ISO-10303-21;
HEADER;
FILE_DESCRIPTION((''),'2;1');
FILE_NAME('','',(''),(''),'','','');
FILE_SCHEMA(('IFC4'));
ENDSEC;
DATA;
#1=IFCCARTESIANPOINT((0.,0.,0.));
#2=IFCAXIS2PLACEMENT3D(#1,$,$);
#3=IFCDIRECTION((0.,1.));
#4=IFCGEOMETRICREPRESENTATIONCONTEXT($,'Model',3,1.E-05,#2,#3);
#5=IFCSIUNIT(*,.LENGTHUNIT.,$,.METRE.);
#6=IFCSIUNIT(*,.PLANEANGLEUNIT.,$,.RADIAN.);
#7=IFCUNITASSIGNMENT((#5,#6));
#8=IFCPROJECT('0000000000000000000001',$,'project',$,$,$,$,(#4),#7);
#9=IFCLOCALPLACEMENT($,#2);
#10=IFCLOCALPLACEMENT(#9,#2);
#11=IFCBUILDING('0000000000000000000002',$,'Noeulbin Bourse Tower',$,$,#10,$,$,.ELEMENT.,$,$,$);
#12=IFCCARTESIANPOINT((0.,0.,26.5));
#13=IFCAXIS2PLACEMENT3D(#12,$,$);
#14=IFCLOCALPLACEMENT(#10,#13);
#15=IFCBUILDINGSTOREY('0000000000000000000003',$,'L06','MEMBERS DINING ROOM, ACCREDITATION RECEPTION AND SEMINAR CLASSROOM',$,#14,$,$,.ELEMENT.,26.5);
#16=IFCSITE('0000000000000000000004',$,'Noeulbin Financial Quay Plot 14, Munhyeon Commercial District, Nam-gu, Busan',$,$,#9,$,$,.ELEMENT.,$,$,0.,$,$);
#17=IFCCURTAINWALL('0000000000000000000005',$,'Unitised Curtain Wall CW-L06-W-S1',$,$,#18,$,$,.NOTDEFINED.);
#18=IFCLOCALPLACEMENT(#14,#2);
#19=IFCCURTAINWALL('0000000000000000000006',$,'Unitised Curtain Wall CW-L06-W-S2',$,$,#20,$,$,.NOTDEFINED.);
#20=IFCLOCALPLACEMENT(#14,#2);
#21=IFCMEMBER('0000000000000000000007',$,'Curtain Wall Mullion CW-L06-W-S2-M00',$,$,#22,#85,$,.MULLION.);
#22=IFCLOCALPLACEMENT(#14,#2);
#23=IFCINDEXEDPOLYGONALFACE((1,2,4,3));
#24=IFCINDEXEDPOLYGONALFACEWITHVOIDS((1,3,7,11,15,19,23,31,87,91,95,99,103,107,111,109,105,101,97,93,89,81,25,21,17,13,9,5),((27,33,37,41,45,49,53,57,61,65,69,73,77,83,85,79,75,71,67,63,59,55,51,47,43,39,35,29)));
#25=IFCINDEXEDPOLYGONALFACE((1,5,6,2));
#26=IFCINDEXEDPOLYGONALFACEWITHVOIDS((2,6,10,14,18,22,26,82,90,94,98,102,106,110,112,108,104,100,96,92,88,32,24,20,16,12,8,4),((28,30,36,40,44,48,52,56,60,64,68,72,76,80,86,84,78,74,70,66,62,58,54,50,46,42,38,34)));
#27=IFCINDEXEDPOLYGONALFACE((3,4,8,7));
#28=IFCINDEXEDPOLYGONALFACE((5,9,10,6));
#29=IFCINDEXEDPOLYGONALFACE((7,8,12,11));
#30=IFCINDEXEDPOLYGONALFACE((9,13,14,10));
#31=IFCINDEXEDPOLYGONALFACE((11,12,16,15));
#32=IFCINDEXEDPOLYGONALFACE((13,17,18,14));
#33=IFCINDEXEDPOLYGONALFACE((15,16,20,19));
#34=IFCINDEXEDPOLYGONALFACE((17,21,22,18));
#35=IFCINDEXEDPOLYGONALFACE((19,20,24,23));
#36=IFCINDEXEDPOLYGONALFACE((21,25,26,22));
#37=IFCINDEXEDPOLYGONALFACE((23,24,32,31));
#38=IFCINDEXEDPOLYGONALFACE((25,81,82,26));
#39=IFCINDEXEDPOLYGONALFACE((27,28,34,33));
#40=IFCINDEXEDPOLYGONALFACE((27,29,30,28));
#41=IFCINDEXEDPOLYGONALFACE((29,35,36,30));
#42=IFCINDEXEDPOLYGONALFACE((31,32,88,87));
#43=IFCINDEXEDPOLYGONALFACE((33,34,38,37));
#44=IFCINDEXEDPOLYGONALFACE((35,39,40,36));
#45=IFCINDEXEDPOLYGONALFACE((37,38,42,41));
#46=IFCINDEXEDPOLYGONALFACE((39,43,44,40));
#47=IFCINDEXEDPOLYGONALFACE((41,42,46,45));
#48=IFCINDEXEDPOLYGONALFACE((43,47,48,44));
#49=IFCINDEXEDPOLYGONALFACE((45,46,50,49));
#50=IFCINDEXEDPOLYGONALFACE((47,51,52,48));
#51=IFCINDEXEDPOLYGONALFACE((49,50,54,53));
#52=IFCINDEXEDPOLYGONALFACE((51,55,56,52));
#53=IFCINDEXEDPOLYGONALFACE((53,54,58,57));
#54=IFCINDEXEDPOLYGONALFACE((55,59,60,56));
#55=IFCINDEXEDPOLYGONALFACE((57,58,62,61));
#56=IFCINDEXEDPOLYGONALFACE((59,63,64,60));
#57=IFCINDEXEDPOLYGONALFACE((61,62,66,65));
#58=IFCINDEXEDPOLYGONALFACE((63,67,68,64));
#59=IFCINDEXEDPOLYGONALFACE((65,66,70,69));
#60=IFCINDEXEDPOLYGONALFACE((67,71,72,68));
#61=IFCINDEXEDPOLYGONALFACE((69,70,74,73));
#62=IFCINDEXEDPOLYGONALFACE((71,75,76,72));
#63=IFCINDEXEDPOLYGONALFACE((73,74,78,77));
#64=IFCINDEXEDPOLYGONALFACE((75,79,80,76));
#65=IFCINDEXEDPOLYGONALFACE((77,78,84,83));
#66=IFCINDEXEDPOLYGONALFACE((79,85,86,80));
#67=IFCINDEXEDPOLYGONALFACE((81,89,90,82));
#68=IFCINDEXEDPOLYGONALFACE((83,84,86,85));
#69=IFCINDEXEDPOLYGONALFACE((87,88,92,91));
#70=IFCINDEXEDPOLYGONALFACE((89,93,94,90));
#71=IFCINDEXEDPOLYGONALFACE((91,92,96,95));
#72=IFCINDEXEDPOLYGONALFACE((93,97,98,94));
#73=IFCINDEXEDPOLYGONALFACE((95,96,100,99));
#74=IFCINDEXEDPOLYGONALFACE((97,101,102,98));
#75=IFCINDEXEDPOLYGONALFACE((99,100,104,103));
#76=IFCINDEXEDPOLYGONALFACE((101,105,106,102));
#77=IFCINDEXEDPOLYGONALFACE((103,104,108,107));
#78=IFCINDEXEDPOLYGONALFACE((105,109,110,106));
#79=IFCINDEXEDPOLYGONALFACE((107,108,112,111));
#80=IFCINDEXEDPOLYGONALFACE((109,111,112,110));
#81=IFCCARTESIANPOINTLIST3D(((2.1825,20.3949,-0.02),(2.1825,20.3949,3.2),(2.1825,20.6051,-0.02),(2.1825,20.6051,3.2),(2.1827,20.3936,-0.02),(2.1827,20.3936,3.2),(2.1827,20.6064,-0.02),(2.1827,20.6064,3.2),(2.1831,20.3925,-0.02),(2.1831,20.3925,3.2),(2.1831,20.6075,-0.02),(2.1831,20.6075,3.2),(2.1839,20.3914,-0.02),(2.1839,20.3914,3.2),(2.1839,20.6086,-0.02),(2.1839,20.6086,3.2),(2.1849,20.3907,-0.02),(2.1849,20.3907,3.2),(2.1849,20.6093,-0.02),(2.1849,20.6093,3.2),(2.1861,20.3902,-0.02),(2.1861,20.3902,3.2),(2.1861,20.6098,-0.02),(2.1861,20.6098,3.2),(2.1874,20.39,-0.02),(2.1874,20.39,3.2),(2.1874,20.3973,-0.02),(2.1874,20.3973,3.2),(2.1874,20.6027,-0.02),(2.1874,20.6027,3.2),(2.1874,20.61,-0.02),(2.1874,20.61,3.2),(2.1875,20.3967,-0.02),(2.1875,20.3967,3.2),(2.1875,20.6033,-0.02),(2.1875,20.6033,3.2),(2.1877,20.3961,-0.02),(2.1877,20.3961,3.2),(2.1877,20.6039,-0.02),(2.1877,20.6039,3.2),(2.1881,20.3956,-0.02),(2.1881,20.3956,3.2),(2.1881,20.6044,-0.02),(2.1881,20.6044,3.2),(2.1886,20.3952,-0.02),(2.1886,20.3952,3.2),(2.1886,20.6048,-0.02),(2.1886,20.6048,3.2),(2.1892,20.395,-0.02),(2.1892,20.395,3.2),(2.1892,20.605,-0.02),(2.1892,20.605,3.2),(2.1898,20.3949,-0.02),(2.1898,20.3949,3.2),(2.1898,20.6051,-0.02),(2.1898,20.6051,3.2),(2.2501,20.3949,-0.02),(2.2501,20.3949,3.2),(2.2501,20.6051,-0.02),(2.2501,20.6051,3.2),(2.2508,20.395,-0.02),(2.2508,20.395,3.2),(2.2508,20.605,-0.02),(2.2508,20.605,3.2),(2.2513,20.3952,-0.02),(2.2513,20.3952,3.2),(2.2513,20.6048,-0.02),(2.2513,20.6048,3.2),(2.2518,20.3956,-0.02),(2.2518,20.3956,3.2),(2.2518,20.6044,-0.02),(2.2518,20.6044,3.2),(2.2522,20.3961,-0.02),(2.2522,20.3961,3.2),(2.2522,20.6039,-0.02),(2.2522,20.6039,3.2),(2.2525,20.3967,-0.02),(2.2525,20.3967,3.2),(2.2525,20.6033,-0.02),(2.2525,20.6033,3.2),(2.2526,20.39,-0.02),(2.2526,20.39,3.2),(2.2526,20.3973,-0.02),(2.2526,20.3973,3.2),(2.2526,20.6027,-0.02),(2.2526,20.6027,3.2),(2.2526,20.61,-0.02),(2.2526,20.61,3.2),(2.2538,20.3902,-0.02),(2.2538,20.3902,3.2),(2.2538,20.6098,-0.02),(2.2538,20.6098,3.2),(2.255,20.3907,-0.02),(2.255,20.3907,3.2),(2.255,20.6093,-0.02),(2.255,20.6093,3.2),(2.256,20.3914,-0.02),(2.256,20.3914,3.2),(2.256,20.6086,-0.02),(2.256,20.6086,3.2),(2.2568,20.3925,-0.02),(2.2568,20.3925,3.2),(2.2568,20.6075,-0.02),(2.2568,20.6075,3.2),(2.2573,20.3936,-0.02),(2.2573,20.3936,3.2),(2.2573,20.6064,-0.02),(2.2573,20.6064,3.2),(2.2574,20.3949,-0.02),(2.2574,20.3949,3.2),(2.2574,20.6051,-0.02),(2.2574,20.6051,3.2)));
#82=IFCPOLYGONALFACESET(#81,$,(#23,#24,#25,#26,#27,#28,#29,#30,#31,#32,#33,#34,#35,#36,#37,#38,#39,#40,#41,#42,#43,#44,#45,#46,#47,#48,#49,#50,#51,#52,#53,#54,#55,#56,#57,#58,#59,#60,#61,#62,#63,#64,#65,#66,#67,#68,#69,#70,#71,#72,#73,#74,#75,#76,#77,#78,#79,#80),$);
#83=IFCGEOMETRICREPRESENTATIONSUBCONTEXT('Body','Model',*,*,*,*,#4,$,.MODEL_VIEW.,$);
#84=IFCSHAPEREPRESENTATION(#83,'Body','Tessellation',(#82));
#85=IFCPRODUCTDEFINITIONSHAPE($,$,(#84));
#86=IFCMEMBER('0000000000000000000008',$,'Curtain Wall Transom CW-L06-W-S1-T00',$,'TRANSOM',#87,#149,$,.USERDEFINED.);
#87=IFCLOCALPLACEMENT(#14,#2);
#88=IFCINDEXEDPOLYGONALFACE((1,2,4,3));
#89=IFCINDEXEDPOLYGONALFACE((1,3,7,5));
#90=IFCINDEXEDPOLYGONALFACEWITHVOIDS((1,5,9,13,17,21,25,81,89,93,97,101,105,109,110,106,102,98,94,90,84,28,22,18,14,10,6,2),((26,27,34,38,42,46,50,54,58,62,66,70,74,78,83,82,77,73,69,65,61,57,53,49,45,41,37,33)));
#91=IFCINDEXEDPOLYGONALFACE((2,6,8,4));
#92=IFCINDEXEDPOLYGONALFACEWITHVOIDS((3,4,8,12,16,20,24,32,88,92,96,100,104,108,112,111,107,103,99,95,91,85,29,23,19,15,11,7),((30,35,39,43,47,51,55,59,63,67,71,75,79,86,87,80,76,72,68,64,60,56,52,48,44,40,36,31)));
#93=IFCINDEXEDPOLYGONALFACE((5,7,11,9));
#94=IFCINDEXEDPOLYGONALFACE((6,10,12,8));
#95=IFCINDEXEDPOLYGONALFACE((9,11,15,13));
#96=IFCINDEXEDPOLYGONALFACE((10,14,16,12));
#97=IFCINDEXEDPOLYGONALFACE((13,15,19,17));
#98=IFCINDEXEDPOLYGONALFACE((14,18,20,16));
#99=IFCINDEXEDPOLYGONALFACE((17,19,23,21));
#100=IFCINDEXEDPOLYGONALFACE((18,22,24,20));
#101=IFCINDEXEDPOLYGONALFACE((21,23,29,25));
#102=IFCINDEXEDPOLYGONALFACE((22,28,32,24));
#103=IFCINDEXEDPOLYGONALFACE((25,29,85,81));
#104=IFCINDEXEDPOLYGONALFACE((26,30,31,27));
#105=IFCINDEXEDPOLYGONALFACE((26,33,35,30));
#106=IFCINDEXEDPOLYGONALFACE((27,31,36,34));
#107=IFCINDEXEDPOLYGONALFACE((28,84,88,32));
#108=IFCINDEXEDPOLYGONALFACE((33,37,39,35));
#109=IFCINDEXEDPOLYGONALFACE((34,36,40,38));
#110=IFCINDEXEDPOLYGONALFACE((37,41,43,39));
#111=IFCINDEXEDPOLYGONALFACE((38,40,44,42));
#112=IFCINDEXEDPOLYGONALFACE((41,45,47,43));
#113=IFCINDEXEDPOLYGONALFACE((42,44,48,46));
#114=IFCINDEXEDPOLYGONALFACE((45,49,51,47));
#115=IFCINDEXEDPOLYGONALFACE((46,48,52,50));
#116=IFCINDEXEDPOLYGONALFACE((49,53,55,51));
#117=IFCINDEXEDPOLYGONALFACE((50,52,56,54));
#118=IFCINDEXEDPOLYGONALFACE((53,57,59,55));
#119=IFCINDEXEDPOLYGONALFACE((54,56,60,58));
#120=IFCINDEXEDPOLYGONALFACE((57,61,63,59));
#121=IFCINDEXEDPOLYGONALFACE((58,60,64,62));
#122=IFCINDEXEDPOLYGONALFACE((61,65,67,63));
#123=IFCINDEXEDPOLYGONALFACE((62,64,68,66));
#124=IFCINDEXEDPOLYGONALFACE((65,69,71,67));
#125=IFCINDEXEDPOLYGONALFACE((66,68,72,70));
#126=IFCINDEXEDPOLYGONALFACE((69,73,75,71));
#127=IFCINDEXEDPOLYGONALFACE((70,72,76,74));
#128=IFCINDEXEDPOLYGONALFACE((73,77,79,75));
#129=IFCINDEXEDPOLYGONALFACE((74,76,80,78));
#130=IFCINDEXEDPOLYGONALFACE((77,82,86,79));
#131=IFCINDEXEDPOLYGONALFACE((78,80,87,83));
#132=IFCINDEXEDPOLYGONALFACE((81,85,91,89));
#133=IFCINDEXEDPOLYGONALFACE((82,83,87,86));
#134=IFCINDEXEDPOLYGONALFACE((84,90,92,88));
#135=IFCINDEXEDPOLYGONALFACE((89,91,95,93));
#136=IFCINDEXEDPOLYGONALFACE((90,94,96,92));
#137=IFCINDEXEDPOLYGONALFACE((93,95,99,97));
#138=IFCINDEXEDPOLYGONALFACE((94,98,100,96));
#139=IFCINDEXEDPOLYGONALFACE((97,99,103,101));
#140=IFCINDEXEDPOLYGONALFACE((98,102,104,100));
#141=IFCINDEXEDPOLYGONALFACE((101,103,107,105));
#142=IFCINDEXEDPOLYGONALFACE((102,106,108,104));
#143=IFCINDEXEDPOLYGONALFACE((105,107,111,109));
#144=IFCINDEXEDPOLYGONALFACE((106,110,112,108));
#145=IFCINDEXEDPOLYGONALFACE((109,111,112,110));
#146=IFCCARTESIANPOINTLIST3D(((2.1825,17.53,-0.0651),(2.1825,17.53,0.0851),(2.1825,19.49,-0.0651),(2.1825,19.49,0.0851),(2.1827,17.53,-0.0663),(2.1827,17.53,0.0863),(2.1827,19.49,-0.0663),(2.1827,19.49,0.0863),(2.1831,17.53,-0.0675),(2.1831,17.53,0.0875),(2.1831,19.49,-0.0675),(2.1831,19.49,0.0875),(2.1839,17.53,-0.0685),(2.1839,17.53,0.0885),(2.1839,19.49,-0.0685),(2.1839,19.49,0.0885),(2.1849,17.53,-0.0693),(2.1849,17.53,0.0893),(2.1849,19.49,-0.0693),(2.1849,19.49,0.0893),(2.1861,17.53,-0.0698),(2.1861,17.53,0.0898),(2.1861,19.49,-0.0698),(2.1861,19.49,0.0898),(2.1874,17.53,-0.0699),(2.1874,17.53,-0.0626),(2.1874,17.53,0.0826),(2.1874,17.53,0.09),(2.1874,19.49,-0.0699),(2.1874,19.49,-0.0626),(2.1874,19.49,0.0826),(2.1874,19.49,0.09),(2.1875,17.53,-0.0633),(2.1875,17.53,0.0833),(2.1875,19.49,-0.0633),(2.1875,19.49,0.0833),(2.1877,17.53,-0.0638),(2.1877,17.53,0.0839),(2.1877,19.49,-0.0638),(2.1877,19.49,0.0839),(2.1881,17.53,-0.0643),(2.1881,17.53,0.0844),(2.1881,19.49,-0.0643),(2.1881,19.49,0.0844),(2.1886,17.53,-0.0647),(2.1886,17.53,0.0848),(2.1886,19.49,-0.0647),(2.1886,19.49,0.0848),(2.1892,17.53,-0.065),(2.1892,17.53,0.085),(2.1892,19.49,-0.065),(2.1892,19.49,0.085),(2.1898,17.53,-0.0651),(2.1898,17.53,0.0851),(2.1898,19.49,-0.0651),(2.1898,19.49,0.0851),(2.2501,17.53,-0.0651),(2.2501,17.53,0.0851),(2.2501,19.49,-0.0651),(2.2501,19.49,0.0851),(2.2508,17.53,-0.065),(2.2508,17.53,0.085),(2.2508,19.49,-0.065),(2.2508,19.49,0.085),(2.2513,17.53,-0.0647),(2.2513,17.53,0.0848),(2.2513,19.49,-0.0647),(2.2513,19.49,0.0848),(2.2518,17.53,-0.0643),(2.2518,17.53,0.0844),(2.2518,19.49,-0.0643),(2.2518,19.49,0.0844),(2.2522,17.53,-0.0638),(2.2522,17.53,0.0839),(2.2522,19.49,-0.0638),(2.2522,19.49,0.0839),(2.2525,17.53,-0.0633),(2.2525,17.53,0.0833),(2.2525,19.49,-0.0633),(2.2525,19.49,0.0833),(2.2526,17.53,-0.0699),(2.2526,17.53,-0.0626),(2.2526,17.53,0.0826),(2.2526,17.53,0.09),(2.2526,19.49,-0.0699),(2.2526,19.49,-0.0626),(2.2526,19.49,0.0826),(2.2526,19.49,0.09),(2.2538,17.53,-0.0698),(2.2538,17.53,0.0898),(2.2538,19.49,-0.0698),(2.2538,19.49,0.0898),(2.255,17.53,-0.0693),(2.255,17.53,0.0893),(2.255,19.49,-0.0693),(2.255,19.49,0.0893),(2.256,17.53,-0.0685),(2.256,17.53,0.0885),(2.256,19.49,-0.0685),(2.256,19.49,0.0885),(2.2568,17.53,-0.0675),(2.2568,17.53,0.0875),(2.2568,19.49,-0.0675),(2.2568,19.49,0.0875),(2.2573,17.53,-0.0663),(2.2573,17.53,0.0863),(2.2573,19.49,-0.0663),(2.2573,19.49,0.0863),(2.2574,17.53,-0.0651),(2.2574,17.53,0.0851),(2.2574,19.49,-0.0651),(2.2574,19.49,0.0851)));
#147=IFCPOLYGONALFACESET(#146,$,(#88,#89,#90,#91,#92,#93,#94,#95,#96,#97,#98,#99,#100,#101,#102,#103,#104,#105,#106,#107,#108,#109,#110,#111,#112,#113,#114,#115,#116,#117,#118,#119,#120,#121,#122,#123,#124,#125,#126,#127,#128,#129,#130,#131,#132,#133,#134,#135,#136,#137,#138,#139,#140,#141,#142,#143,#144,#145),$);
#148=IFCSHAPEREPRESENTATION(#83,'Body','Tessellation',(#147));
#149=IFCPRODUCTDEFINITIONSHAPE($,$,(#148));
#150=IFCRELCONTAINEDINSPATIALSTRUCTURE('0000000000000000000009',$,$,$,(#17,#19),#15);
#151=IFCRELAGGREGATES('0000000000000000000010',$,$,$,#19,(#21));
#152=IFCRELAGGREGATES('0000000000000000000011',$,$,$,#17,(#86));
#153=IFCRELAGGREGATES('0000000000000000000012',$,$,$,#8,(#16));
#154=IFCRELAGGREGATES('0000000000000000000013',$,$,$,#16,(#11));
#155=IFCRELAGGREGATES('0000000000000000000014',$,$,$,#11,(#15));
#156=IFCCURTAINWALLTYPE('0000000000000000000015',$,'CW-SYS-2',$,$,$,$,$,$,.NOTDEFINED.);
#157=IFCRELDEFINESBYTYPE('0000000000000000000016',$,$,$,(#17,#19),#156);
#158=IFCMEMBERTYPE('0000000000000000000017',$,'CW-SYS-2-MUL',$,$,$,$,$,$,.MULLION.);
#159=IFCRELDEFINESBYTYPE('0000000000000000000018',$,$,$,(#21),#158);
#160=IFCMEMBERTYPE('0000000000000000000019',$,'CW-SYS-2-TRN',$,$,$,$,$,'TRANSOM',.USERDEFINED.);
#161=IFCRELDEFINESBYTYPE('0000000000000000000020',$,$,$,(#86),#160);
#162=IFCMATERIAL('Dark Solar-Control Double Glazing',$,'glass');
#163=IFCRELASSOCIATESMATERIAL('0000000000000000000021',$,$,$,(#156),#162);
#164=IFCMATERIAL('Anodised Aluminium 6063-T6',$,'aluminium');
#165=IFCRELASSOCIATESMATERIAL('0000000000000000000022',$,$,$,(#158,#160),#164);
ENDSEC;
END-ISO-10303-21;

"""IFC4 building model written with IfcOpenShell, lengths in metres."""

from ifc_helpers import new_model, si_unit, direction, frame, origin, origin_2d, place, context, subcontext, project, spatial, hollow_rectangle, extrude, material, material_profile, profile_set, type_object, element, aggregate, save


model = new_model("IFC4")

# Units and contexts
model_context = context("Model", 3, precision=1e-05, world=origin(), true_north=direction((0.0, 1.0)))
body_context = subcontext(model_context, "Body", "Model", "MODEL_VIEW")
ifc_project = project(units=[si_unit("LENGTHUNIT", "METRE"), si_unit("PLANEANGLEUNIT", "RADIAN")], contexts=[model_context])

# Site, building, storey
site_placement = place(None, origin())
site = spatial("IfcSite", under=ifc_project, at=site_placement, Name="Noeulbin Financial Quay Plot 14, Munhyeon Commercial District, Nam-gu, Busan", CompositionType="ELEMENT", RefElevation=0.0)
building_placement = place(site_placement, origin())
building = spatial("IfcBuilding", under=site, at=building_placement, Name="Noeulbin Bourse Tower", CompositionType="ELEMENT")
storey_placement = place(building_placement, frame((0.0, 0.0, 26.5)))
storey = spatial("IfcBuildingStorey", under=building, at=storey_placement, Name="L06", Description="MEMBERS DINING ROOM, ACCREDITATION RECEPTION AND SEMINAR CLASSROOM", CompositionType="ELEMENT", Elevation=26.5)

# Curtain wall
ifc_material_1 = material(Name="Dark Solar-Control Double Glazing", Category="glass")
curtain_wall_type = type_object("IfcCurtainWallType", Name="CW-SYS-2", PredefinedType="NOTDEFINED", material=ifc_material_1)
curtain_wall_1_placement = place(storey_placement, origin())
curtain_wall_1 = element("IfcCurtainWall", 1, at=curtain_wall_1_placement, inside=storey, type_object=curtain_wall_type, Name="Unitised Curtain Wall CW-L06-W-S1", PredefinedType="NOTDEFINED")
ifc_material_2 = material(Name="Anodised Aluminium 6063-T6", Category="aluminium")
ifc_material_profile_1 = material_profile(ifc_material_2, hollow_rectangle(XDim=0.075, YDim=0.22, WallThickness=0.0049, InnerFilletRadius=0.0024, OuterFilletRadius=0.0049, at=origin_2d()), Name="ALU-MULL-75x220x5", Category="LoadBearing")
ifc_profile_set_1 = profile_set([ifc_material_profile_1], Name="Anodised Aluminium 6063-T6")
member_type_1 = type_object("IfcMemberType", Name="CW-SYS-2-MUL", PredefinedType="MULLION", material=ifc_profile_set_1)

# Curtain wall, member
curtain_wall_2_placement = place(storey_placement, origin())
curtain_wall_2 = element("IfcCurtainWall", 2, at=curtain_wall_2_placement, inside=storey, type_object=curtain_wall_type, Name="Unitised Curtain Wall CW-L06-W-S2", PredefinedType="NOTDEFINED")
member_1_placement = place(storey_placement, frame((2.22, 20.5, -0.02), z_axis=(0.0, 0.0, 1.0), x_axis=(1.0, 0.0, 0.0)))
member_1 = element("IfcMember", 3, at=member_1_placement, type_object=member_type_1, Name="Curtain Wall Mullion CW-L06-W-S2-M00", PredefinedType="MULLION", context=body_context, shape_type="SweptSolid", body=[
    extrude(hollow_rectangle(XDim=0.075, YDim=0.22, WallThickness=0.0049, InnerFilletRadius=0.0024, OuterFilletRadius=0.0049, at=origin_2d()), origin(), (0.0, 0.0, 1.0), 3.22),
])

# Member
ifc_material_profile_2 = material_profile(ifc_material_2, hollow_rectangle(XDim=0.075, YDim=0.1599, WallThickness=0.0049, InnerFilletRadius=0.0024, OuterFilletRadius=0.0049, at=origin_2d()), Name="ALU-TRAN-75x160x5", Category="LoadBearing")
ifc_profile_set_2 = profile_set([ifc_material_profile_2], Name="Anodised Aluminium 6063-T6")
member_type_2 = type_object("IfcMemberType", Name="CW-SYS-2-TRN", ElementType="TRANSOM", PredefinedType="USERDEFINED", material=ifc_profile_set_2)
member_2_placement = place(storey_placement, frame((2.22, 17.53, 0.01), z_axis=(0.0, 1.0, 0.0), x_axis=(-1.0, 0.0, 0.0)))
member_2 = element("IfcMember", 4, at=member_2_placement, type_object=member_type_2, Name="Curtain Wall Transom CW-L06-W-S1-T00", ObjectType="TRANSOM", PredefinedType="USERDEFINED", context=body_context, shape_type="SweptSolid", body=[
    extrude(hollow_rectangle(XDim=0.075, YDim=0.1599, WallThickness=0.0049, InnerFilletRadius=0.0024, OuterFilletRadius=0.0049, at=origin_2d()), origin(), (0.0, 0.0, 1.0), 1.96),
])
aggregate(curtain_wall_2, [member_1])

aggregate(curtain_wall_1, [member_2])

save(model, "model.ifc")
